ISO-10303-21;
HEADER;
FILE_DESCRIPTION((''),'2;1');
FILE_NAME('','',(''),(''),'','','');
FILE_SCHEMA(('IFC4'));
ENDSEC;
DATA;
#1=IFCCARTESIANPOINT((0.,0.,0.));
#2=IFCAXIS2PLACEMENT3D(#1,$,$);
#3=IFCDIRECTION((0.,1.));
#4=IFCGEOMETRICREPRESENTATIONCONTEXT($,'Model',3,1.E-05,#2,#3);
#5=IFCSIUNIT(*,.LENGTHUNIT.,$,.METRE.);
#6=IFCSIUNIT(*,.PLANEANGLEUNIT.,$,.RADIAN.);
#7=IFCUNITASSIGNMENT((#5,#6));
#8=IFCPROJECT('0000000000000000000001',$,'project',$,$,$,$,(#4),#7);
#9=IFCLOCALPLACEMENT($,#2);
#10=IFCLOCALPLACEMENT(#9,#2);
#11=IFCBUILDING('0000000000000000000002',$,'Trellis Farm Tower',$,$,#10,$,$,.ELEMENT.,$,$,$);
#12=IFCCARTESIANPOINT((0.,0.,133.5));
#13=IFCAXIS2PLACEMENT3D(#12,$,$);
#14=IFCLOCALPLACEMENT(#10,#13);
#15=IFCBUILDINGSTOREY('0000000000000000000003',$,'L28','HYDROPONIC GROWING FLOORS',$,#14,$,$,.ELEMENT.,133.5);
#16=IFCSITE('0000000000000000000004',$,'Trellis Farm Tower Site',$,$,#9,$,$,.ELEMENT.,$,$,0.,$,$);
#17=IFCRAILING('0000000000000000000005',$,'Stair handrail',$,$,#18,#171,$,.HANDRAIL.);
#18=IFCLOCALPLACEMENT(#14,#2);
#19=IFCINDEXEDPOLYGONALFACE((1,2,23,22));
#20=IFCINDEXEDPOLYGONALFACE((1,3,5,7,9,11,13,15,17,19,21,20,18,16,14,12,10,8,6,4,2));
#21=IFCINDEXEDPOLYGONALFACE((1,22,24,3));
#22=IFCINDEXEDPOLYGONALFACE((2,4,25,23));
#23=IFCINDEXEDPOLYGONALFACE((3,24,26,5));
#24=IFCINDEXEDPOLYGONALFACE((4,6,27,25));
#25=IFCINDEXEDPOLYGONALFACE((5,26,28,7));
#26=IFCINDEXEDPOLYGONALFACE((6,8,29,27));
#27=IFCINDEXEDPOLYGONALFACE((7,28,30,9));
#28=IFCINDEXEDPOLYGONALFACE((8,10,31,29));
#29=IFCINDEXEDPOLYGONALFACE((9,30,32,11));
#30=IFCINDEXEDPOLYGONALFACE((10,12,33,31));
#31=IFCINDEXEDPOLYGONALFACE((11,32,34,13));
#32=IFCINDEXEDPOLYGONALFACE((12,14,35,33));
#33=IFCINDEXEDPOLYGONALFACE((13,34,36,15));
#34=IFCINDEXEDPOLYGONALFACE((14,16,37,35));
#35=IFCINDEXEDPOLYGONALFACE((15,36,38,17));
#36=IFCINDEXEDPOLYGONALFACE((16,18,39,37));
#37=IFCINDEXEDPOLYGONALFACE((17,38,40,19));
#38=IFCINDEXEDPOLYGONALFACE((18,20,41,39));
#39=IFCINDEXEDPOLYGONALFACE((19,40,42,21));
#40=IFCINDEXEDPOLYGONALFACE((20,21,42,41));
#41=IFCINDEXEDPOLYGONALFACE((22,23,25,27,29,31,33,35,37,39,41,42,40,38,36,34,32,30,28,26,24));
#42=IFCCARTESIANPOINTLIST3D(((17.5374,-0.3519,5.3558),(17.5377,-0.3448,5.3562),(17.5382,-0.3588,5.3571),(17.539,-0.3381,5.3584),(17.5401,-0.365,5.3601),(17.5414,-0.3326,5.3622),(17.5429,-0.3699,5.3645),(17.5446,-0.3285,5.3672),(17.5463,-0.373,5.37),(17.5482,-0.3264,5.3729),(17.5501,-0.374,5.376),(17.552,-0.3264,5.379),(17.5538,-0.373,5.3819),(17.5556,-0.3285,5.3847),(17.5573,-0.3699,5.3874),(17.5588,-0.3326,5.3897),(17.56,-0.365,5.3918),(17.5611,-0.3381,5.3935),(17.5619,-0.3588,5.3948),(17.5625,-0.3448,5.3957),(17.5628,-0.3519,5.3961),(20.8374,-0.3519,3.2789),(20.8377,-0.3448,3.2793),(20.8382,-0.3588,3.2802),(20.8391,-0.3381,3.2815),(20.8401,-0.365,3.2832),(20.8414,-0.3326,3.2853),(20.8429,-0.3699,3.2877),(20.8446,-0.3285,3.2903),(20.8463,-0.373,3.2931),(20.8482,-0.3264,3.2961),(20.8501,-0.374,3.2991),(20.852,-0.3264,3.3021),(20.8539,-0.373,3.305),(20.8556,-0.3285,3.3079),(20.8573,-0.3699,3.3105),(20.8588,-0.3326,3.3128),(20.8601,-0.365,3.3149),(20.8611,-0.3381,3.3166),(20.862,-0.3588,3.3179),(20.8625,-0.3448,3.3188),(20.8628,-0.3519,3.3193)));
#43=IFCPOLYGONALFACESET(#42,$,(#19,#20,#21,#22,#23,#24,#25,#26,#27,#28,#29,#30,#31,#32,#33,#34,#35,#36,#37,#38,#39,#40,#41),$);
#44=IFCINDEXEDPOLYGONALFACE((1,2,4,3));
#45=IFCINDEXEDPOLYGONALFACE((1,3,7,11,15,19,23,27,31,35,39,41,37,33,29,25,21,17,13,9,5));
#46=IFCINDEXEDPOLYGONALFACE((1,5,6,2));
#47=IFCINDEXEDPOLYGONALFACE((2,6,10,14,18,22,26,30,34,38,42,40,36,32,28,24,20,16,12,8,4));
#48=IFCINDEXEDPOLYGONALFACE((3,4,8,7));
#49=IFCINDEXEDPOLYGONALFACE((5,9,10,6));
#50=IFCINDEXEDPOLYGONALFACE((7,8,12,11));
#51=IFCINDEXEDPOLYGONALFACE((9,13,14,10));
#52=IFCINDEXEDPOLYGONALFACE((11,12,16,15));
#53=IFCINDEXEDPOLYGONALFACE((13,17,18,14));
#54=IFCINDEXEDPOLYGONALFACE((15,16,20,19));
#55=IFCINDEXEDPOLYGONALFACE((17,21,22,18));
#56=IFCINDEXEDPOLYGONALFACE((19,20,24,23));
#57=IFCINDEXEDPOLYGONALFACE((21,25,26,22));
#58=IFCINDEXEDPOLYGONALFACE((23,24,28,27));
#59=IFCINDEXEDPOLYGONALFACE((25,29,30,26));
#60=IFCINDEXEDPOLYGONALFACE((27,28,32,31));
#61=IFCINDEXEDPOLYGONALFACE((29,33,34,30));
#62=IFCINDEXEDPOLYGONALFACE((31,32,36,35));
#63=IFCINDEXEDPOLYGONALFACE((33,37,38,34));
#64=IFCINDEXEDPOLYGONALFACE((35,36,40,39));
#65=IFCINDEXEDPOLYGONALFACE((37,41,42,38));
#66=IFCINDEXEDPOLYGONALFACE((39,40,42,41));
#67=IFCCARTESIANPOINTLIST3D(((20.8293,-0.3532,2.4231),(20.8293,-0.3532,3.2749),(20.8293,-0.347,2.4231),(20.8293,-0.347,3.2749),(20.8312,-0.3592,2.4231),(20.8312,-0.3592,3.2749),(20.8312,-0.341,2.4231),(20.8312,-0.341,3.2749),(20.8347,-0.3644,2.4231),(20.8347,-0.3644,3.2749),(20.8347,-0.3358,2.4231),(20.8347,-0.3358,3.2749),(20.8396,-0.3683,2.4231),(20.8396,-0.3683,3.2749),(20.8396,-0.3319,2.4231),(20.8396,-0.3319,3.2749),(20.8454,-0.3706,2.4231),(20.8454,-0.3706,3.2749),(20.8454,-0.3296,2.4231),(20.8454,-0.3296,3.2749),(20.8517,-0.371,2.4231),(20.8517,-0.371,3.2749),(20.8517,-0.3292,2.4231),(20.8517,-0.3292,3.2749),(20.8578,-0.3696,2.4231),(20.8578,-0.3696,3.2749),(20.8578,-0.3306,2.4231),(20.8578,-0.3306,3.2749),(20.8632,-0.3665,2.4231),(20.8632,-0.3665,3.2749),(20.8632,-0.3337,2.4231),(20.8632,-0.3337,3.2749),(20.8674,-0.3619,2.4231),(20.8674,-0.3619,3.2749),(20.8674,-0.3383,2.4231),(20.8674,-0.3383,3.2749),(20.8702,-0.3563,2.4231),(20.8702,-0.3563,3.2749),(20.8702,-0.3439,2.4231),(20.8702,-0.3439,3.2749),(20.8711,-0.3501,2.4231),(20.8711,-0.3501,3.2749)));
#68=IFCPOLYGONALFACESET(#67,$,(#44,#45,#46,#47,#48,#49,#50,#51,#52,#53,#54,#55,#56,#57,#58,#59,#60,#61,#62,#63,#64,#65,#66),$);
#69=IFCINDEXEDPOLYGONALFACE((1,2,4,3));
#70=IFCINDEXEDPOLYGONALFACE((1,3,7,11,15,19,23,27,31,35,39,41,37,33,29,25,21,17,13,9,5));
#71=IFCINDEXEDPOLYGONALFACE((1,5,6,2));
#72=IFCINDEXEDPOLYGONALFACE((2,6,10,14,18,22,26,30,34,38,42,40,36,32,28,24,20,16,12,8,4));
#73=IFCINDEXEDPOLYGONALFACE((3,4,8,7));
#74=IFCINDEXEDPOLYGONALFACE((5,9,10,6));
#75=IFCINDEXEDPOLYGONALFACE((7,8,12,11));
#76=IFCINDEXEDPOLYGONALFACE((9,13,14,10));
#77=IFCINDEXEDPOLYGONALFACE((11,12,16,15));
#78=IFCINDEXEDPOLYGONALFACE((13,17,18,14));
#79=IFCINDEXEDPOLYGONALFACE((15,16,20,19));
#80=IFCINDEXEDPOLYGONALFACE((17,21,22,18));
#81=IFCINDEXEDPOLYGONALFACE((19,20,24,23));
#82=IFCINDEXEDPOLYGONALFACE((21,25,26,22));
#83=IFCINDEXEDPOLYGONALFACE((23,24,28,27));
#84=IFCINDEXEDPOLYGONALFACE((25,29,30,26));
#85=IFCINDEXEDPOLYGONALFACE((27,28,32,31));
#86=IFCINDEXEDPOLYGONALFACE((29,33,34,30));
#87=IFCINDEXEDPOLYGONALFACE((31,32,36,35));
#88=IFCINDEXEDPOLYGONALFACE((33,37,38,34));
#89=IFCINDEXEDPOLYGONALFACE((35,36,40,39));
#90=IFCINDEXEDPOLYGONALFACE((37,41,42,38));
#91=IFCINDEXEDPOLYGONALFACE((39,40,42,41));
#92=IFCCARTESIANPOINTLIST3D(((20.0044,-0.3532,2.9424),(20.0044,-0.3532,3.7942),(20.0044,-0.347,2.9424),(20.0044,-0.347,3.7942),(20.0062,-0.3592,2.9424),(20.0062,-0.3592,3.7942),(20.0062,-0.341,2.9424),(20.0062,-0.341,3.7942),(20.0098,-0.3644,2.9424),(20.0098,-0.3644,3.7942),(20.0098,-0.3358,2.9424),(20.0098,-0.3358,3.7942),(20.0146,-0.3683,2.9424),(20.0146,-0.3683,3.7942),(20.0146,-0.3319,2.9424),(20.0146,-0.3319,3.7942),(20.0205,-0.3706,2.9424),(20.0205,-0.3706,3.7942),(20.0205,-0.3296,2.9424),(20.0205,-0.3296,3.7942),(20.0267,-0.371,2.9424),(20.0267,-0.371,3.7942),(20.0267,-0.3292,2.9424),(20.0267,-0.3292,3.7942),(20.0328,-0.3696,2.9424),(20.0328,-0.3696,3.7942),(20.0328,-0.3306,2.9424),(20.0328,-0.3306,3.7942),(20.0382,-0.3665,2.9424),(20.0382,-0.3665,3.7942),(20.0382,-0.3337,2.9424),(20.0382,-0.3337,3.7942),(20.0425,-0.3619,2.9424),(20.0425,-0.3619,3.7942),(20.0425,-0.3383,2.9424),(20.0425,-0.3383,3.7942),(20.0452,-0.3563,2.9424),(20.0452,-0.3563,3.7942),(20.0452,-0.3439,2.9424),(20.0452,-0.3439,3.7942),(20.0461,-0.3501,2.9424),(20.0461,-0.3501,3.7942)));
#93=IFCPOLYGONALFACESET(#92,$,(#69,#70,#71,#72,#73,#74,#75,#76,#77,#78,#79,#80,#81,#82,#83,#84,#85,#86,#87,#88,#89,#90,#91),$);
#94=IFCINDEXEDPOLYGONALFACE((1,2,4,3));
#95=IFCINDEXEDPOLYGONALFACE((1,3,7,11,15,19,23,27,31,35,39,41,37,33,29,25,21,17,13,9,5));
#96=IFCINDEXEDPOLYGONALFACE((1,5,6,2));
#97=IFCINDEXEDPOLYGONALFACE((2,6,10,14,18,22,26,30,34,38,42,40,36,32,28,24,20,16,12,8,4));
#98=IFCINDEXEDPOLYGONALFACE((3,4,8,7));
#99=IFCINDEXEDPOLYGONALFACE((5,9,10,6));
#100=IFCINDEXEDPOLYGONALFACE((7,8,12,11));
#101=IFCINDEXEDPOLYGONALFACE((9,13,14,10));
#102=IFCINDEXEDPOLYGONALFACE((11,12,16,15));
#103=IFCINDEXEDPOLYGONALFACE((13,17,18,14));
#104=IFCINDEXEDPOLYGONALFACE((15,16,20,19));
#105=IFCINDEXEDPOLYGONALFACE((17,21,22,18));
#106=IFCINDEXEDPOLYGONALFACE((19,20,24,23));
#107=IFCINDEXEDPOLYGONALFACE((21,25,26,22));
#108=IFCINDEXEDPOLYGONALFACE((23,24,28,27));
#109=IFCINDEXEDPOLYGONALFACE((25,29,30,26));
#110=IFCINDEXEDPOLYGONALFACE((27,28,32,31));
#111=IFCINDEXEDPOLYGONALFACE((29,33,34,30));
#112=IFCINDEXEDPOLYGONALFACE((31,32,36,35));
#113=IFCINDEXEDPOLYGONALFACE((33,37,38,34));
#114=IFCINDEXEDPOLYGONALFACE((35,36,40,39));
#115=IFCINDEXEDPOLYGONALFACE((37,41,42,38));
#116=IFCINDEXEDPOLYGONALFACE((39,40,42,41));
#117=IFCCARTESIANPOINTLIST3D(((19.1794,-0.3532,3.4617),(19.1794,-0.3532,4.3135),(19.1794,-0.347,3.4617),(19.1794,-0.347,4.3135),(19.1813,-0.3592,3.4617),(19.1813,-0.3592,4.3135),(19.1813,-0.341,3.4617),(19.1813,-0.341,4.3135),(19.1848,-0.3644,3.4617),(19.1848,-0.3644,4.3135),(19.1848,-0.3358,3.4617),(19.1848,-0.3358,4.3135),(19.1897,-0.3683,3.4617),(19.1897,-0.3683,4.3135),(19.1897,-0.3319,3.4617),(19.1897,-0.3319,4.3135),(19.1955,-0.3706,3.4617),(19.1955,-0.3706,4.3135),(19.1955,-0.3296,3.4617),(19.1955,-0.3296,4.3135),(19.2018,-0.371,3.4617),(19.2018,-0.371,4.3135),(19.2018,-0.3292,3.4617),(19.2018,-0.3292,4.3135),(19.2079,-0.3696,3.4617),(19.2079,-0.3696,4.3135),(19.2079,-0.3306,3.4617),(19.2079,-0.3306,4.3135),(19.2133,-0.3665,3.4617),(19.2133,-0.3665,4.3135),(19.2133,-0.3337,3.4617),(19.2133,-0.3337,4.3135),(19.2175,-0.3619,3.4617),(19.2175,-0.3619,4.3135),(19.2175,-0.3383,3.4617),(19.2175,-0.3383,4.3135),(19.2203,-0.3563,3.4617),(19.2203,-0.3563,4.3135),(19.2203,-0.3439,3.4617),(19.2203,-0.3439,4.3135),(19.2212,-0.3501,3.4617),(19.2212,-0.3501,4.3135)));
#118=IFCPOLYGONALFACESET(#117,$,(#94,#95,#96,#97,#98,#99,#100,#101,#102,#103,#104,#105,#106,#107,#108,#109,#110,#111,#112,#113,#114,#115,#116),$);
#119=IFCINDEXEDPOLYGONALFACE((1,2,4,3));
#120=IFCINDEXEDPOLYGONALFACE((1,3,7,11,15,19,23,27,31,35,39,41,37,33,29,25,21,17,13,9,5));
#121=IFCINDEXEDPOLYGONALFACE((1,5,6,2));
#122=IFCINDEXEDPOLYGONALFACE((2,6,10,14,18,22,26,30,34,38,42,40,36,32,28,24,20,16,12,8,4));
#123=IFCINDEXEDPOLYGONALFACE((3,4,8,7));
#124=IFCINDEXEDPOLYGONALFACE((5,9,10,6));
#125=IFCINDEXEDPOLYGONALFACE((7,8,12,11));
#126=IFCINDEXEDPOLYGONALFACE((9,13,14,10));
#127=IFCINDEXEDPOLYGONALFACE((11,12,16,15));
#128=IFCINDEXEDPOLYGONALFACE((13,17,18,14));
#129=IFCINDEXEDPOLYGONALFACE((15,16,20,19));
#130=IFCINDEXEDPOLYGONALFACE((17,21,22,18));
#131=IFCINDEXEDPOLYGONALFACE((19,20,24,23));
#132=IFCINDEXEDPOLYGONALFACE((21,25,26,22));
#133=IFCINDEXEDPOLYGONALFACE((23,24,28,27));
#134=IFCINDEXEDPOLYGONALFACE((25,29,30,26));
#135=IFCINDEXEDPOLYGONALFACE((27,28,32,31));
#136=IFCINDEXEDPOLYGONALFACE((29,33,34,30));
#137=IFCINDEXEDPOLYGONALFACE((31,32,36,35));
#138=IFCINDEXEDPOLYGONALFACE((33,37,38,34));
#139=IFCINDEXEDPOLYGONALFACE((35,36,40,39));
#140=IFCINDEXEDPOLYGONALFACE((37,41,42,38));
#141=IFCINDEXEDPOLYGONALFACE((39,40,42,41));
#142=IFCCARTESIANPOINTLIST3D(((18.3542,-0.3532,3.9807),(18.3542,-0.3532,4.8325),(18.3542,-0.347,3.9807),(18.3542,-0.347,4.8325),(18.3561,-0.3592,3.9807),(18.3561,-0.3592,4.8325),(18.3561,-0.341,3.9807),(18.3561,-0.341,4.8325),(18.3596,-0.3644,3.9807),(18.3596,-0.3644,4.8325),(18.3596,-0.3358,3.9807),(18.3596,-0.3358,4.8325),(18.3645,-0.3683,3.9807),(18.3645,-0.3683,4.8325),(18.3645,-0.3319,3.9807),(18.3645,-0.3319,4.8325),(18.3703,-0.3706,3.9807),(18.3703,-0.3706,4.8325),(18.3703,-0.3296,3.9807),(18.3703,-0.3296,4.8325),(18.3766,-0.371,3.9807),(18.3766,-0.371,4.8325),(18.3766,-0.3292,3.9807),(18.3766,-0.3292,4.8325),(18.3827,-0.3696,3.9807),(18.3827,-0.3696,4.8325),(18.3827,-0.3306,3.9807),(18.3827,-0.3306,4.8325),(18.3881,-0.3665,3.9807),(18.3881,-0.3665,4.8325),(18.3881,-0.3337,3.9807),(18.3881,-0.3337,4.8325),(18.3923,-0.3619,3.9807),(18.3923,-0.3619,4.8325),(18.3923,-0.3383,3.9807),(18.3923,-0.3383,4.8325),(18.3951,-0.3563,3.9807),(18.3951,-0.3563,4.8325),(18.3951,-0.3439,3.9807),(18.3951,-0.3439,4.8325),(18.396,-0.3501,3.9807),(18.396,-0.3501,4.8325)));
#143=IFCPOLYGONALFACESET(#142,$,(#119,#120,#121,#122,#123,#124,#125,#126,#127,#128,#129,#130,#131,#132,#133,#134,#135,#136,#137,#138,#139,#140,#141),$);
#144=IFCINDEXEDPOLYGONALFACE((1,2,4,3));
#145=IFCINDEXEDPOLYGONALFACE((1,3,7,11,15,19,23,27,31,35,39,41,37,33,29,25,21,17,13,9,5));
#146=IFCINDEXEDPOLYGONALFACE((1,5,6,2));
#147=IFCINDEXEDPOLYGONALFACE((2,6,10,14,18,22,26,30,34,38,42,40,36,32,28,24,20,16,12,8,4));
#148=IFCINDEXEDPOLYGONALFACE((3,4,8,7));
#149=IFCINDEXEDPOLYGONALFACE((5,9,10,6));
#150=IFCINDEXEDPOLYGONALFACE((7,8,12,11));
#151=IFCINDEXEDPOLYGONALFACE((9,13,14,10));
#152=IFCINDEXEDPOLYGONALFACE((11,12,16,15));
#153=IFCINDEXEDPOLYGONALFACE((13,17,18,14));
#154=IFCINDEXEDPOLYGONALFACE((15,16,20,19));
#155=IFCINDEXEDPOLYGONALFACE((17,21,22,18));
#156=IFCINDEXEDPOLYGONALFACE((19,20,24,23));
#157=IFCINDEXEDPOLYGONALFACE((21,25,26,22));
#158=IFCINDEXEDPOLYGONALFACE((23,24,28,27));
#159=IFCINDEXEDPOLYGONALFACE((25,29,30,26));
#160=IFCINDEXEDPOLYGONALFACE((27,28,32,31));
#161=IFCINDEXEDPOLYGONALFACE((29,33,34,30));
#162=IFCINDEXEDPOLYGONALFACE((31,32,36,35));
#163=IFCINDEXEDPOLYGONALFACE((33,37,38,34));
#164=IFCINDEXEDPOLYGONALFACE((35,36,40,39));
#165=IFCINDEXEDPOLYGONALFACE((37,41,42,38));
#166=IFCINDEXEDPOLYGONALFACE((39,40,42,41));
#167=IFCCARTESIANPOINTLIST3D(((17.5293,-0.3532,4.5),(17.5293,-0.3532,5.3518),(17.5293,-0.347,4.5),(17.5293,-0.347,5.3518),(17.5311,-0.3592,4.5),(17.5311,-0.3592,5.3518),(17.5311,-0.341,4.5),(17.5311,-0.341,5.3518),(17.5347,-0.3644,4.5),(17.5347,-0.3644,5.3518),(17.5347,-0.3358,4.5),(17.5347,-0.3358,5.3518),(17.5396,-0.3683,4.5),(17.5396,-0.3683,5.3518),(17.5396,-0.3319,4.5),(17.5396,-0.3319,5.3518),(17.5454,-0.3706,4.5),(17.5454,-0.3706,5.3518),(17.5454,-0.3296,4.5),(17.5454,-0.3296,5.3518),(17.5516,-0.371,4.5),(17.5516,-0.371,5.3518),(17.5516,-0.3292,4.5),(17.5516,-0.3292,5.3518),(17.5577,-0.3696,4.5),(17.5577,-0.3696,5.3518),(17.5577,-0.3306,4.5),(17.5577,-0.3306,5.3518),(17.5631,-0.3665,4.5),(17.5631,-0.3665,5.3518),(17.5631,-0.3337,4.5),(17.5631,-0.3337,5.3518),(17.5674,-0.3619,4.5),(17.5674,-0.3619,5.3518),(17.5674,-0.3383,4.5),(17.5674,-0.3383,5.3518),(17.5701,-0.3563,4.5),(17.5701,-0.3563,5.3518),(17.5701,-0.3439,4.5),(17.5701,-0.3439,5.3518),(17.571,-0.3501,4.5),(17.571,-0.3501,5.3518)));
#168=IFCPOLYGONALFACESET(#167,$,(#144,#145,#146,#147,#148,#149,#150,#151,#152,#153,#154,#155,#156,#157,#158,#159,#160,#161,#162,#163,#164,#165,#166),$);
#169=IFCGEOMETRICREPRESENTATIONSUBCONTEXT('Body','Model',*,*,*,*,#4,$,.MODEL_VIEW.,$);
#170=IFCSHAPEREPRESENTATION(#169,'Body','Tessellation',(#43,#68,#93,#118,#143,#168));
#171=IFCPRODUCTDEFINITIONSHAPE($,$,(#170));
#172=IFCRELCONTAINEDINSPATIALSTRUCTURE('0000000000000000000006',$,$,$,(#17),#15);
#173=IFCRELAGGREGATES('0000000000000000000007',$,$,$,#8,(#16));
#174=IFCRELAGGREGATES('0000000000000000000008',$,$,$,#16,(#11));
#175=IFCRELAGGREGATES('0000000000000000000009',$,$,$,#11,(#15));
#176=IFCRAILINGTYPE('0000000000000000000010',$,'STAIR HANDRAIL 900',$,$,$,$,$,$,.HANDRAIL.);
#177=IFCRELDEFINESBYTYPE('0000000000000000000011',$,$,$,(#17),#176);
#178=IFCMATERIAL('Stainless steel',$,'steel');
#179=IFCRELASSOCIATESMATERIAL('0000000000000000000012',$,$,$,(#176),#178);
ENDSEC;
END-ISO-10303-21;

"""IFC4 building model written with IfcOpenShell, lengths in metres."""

from ifc_helpers import new_model, si_unit, direction, frame, origin, origin_2d, place, context, subcontext, project, spatial, circle, extrude, source, transform, mapped, material, type_object, element, save


model = new_model("IFC4")

# Units and contexts
model_context = context("Model", 3, precision=1e-05, world=origin(), true_north=direction((0.0, 1.0)))
body_context = subcontext(model_context, "Body", "Model", "MODEL_VIEW")
ifc_project = project(units=[si_unit("LENGTHUNIT", "METRE"), si_unit("PLANEANGLEUNIT", "RADIAN")], contexts=[model_context])

# Site, building, storey
site_placement = place(None, origin())
site = spatial("IfcSite", under=ifc_project, at=site_placement, Name="Trellis Farm Tower Site", CompositionType="ELEMENT", RefElevation=0.0)
building_placement = place(site_placement, origin())
building = spatial("IfcBuilding", under=site, at=building_placement, Name="Trellis Farm Tower", CompositionType="ELEMENT")
storey_placement = place(building_placement, frame((0.0, 0.0, 133.5)))
storey = spatial("IfcBuildingStorey", under=building, at=storey_placement, Name="L28", Description="HYDROPONIC GROWING FLOORS", CompositionType="ELEMENT", Elevation=133.5)

# Shared definitions
ifc_material_1 = material(Name="Stainless steel", Category="steel")

# Railing
railing_type = type_object("IfcRailingType", Name="STAIR HANDRAIL 900", PredefinedType="HANDRAIL", material=ifc_material_1)
shared_shape_1 = source(origin(), body_context, "Body", "SweptSolid", [
    extrude(circle(Radius=0.0239, at=origin_2d()), frame((0.0, 0.0, 0.876), z_axis=(-0.846337, 0.0, 0.532647), x_axis=(0.0, -1.0, 0.0)), (0.0, 0.0, 1.0), 3.8992),
    extrude(circle(Radius=0.021, at=origin_2d()), origin(), (0.0, 0.0, 1.0), 0.8518),
    extrude(circle(Radius=0.021, at=origin_2d()), frame((-0.825, 0.0, 0.5193)), (0.0, 0.0, 1.0), 0.8518),
    extrude(circle(Radius=0.021, at=origin_2d()), frame((-1.6499, 0.0, 1.0386)), (0.0, 0.0, 1.0), 0.8518),
    extrude(circle(Radius=0.021, at=origin_2d()), frame((-2.4751, 0.0, 1.5576)), (0.0, 0.0, 1.0), 0.8518),
    extrude(circle(Radius=0.021, at=origin_2d()), frame((-3.3, 0.0, 2.0769)), (0.0, 0.0, 1.0), 0.8518),
])
for number, where, name in (
    (1, (20.8501, -0.3501, 2.4231), "Stair handrail"),
):
    element("IfcRailing", number, at=place(storey_placement, frame(where)), inside=storey, type_object=railing_type, Name=name, PredefinedType="HANDRAIL", context=body_context, shape_type="MappedRepresentation", body=[
        mapped(shared_shape_1, transform((0.0, 0.0, 0.0))),
    ])

save(model, "model.ifc")
